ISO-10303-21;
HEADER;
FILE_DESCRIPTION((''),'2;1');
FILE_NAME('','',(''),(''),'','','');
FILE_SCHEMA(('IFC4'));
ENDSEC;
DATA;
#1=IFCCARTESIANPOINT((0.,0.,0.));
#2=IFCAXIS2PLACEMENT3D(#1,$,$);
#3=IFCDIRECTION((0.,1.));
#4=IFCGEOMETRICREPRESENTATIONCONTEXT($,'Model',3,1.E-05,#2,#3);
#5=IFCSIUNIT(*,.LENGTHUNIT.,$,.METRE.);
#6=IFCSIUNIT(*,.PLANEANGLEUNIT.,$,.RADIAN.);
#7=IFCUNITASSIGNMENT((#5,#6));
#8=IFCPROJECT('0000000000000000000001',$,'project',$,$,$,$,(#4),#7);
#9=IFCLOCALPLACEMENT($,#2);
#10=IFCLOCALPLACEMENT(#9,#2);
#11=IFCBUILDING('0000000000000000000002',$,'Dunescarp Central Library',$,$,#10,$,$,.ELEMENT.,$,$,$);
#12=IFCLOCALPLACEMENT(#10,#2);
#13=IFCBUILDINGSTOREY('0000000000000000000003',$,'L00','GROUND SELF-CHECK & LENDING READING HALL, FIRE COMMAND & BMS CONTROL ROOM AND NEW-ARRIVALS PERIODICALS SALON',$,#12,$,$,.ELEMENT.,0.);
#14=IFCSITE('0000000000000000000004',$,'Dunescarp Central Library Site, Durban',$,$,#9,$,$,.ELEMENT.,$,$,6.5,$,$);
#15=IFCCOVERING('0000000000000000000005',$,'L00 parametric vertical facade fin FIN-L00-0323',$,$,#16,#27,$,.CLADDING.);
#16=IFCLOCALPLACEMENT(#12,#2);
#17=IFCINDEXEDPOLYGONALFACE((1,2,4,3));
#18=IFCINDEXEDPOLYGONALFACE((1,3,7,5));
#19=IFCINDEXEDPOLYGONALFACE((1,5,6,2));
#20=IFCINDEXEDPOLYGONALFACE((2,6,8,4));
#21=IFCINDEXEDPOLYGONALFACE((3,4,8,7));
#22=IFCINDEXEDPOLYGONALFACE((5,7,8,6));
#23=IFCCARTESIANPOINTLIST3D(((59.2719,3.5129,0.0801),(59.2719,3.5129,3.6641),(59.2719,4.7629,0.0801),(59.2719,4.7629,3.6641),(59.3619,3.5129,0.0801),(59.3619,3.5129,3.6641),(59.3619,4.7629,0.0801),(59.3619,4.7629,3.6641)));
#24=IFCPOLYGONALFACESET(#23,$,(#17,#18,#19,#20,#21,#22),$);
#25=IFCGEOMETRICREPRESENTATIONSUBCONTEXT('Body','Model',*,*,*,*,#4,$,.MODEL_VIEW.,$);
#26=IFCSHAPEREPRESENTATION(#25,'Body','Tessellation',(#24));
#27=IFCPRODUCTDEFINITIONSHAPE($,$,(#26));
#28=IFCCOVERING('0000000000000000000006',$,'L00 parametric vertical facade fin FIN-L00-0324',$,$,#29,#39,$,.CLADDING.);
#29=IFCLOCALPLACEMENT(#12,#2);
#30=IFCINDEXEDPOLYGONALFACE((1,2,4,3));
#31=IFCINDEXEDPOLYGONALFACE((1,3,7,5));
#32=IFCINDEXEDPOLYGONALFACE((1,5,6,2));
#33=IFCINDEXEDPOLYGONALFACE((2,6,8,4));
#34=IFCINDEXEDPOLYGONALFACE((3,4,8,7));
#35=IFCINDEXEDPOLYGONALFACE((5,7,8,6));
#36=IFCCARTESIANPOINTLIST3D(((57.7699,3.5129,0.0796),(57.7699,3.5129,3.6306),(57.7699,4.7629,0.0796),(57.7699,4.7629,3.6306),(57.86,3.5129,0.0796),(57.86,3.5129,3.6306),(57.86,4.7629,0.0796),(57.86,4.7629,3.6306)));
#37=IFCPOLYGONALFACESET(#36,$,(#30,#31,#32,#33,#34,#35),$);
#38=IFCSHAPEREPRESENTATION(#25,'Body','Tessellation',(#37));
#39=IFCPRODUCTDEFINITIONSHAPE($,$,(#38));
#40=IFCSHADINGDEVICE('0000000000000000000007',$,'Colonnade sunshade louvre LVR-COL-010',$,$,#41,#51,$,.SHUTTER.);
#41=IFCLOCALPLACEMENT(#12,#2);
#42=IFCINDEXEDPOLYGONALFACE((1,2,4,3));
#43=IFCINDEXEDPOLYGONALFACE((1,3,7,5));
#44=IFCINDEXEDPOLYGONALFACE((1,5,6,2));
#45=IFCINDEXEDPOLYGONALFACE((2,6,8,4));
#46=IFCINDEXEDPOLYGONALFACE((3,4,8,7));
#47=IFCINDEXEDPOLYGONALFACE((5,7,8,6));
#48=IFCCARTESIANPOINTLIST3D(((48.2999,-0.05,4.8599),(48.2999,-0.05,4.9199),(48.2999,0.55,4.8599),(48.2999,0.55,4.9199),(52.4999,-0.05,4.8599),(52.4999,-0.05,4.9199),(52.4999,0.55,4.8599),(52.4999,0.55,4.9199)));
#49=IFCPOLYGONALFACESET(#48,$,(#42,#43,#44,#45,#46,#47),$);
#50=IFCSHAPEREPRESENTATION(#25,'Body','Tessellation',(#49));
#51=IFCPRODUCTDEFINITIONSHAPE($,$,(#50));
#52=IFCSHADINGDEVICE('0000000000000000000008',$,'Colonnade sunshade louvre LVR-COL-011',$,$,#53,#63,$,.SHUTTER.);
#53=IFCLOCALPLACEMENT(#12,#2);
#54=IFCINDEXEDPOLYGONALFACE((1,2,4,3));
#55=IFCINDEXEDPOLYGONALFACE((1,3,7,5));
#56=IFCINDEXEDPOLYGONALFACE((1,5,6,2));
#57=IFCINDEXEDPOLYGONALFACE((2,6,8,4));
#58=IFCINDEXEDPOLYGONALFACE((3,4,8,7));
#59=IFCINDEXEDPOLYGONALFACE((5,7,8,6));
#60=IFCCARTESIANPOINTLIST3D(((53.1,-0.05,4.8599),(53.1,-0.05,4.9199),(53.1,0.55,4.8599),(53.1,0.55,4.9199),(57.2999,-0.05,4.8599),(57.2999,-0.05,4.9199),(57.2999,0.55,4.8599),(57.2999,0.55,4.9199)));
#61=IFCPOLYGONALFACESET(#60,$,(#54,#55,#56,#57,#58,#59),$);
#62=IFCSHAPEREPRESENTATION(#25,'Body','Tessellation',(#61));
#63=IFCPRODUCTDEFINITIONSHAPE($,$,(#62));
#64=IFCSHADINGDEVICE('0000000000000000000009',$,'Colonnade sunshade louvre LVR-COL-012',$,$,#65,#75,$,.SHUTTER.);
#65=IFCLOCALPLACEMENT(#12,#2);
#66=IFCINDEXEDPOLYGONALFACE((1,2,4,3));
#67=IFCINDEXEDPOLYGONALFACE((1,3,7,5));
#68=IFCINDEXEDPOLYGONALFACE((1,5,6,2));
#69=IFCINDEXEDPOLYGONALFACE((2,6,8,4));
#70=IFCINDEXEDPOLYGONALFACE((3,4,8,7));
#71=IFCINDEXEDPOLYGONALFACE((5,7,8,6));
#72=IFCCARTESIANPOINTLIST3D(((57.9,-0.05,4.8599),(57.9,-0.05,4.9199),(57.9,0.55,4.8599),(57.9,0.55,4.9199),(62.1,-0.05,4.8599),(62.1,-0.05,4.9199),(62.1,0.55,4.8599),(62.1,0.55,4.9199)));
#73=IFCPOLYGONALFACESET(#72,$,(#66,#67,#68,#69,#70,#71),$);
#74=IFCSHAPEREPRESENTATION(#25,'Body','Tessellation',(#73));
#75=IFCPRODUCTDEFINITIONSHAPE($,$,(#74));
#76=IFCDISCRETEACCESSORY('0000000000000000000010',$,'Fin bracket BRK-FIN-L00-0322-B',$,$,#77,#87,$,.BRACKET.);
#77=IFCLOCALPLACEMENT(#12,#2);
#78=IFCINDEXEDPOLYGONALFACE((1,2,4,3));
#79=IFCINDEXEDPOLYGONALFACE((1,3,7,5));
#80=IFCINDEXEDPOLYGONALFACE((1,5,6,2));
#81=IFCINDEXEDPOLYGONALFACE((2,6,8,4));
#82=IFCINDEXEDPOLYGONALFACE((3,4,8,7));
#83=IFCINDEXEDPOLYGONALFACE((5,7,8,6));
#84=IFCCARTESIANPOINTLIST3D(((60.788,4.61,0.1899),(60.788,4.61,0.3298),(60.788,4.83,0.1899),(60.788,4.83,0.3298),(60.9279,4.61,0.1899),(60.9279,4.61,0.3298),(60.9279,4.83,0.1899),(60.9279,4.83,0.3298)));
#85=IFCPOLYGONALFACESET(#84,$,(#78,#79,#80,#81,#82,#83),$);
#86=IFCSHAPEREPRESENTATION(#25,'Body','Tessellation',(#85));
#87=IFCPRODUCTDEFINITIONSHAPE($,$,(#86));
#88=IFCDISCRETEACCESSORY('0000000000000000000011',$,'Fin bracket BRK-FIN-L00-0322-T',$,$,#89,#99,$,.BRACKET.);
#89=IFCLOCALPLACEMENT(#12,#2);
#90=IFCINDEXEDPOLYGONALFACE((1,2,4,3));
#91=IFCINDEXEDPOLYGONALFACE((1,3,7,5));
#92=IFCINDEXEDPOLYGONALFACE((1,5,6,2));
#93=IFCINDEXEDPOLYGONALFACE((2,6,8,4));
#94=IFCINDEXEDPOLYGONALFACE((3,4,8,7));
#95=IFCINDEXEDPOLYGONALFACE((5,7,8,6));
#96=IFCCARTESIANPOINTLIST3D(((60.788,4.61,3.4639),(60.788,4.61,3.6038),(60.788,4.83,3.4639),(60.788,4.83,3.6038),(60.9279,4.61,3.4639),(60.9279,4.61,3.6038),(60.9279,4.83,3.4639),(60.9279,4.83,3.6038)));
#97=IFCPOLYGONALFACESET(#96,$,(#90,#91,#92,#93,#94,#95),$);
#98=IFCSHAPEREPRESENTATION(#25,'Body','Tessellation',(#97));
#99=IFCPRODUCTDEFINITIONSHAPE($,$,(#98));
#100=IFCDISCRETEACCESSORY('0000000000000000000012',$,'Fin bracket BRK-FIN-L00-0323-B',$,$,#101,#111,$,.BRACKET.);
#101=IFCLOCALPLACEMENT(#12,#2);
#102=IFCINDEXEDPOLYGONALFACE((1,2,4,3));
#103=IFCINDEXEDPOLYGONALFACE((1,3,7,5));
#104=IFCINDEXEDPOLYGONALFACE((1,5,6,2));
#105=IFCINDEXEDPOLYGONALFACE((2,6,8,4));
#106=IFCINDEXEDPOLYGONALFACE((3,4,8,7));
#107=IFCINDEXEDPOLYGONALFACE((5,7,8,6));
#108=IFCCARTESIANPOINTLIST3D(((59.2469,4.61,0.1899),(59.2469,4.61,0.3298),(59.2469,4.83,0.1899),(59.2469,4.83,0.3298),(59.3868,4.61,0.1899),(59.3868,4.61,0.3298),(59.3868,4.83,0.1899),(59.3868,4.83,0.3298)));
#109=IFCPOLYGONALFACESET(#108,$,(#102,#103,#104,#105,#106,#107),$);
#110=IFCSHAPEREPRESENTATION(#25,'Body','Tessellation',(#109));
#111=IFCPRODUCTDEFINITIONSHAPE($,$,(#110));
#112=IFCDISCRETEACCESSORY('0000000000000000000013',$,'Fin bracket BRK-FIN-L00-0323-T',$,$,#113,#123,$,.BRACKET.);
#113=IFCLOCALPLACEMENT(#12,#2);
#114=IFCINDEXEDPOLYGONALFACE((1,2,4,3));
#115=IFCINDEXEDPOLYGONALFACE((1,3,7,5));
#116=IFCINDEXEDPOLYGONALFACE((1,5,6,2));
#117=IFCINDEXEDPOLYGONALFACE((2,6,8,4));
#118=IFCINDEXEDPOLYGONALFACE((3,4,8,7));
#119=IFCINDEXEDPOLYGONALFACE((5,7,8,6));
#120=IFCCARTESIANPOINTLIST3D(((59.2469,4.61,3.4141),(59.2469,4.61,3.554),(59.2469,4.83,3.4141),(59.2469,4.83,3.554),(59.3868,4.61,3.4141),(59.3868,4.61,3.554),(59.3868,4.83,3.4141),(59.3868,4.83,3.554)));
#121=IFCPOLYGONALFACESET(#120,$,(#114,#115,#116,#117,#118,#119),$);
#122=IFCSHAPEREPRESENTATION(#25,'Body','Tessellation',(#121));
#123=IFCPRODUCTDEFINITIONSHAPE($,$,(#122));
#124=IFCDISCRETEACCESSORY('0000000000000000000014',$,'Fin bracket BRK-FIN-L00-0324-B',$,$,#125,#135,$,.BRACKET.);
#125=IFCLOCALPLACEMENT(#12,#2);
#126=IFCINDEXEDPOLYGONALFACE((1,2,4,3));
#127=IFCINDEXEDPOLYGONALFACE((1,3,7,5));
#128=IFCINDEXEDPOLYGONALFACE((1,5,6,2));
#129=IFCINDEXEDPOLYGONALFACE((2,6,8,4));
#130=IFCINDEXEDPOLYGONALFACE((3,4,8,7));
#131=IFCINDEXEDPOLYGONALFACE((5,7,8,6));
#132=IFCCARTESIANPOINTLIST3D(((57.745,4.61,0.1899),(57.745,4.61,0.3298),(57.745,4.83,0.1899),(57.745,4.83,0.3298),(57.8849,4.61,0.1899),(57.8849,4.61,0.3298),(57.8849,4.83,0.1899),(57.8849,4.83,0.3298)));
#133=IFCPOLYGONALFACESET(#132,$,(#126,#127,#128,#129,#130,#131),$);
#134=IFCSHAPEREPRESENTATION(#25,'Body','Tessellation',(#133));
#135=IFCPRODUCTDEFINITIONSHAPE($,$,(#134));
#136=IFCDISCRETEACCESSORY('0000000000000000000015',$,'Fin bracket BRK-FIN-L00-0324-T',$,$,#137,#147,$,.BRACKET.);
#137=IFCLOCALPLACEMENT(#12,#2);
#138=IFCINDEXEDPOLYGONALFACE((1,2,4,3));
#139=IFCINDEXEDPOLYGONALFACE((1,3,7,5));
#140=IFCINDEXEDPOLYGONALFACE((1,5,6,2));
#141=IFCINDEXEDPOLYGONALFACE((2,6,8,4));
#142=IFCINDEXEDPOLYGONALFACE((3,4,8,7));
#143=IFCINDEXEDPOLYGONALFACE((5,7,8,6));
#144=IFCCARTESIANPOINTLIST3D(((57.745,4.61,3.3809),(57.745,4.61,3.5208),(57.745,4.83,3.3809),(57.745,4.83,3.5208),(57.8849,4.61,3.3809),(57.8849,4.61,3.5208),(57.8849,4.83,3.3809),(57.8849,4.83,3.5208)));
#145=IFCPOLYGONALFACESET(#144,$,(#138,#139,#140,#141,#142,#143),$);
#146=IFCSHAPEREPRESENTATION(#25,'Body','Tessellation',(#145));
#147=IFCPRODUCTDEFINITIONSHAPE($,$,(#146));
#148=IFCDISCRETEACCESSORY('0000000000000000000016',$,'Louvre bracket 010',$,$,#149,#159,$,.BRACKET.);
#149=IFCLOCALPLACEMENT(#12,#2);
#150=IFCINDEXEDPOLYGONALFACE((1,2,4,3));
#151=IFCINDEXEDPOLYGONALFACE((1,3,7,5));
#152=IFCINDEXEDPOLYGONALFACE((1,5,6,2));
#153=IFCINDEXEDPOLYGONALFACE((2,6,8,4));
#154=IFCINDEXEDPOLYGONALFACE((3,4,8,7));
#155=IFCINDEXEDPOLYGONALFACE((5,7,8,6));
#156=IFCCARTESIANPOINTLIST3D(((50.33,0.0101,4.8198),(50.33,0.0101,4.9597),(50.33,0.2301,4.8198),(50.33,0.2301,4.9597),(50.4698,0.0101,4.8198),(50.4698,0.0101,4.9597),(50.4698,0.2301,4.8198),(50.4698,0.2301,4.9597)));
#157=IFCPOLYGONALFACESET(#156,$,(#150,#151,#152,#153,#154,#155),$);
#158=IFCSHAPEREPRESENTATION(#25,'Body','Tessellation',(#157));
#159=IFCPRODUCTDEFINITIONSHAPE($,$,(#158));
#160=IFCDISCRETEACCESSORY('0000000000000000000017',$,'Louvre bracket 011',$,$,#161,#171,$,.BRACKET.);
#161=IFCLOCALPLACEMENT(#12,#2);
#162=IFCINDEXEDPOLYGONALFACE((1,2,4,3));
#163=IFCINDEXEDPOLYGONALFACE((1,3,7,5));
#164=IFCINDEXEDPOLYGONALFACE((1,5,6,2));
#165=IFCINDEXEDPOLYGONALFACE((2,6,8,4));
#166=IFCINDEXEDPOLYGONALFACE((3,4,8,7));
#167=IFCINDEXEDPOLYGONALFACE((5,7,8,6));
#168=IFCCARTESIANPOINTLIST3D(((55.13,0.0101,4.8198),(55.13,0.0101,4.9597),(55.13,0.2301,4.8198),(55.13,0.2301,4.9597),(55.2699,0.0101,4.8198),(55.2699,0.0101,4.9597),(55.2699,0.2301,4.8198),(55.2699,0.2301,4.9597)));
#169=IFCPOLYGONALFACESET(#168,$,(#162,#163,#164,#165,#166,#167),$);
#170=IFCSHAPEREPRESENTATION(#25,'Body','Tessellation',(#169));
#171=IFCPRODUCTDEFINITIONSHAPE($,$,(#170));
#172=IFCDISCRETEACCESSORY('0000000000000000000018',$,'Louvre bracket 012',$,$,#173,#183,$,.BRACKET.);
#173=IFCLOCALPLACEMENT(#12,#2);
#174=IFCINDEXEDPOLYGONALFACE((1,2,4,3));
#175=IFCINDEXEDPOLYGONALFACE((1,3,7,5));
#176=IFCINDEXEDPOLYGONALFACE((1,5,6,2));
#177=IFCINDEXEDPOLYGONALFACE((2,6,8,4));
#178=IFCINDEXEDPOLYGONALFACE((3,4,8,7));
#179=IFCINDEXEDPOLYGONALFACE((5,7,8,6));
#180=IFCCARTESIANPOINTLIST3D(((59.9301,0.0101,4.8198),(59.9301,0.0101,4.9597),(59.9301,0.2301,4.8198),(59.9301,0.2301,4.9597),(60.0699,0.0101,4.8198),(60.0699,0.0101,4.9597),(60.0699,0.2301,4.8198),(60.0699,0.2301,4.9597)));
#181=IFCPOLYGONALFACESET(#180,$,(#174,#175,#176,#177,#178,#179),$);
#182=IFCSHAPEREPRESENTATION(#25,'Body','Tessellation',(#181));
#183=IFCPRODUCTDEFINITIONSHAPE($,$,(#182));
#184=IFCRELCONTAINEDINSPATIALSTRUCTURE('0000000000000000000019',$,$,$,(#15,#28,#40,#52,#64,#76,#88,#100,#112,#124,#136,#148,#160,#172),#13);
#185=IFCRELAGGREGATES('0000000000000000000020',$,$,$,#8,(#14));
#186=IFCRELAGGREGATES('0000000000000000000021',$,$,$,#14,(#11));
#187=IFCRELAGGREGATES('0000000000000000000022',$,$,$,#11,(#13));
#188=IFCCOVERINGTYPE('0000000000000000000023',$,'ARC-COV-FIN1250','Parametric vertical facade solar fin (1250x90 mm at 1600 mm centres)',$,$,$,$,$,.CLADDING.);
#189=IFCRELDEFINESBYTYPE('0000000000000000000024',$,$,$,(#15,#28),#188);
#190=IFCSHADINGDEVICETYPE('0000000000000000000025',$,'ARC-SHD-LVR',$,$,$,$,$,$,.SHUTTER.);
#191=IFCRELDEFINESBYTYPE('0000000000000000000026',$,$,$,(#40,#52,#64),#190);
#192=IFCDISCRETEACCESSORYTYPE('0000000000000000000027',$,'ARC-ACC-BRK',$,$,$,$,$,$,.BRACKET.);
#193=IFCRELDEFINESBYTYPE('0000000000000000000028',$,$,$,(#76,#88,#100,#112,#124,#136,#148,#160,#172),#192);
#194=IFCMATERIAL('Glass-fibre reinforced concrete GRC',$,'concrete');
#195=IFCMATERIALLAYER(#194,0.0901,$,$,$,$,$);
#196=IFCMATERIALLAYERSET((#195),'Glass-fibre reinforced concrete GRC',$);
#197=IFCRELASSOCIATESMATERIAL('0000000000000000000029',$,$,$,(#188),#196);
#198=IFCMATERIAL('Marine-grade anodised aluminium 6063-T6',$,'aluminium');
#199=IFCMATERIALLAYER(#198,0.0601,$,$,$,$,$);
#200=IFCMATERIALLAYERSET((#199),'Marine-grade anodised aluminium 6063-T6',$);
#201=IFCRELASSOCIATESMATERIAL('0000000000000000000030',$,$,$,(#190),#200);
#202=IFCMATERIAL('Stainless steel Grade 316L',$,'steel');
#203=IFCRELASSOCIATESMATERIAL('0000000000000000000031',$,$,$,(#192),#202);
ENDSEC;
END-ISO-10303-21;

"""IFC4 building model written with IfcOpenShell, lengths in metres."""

from ifc_helpers import new_model, si_unit, direction, frame, origin, origin_2d, place, context, subcontext, project, spatial, rectangle, extrude, material, layer, layer_set, type_object, element, save


model = new_model("IFC4")

# Units and contexts
model_context = context("Model", 3, precision=1e-05, world=origin(), true_north=direction((0.0, 1.0)))
body_context = subcontext(model_context, "Body", "Model", "MODEL_VIEW")
ifc_project = project(units=[si_unit("LENGTHUNIT", "METRE"), si_unit("PLANEANGLEUNIT", "RADIAN")], contexts=[model_context])

# Site, building, storey
site_placement = place(None, origin())
site = spatial("IfcSite", under=ifc_project, at=site_placement, Name="Dunescarp Central Library Site, Durban", CompositionType="ELEMENT", RefElevation=6.5)
building_placement = place(site_placement, origin())
building = spatial("IfcBuilding", under=site, at=building_placement, Name="Dunescarp Central Library", CompositionType="ELEMENT")
storey_placement = place(building_placement, origin())
storey = spatial("IfcBuildingStorey", under=building, at=storey_placement, Name="L00", Description="GROUND SELF-CHECK & LENDING READING HALL, FIRE COMMAND & BMS CONTROL ROOM AND NEW-ARRIVALS PERIODICALS SALON", CompositionType="ELEMENT", Elevation=0.0)

# Coverings
ifc_material_1 = material(Name="Glass-fibre reinforced concrete GRC", Category="concrete")
ifc_layer_1 = layer(ifc_material_1, 0.0901)
ifc_layer_set_1 = layer_set([ifc_layer_1], Name="Glass-fibre reinforced concrete GRC")
covering_type = type_object("IfcCoveringType", Name="ARC-COV-FIN1250", Description="Parametric vertical facade solar fin (1250x90 mm at 1600 mm centres)", PredefinedType="CLADDING", material=ifc_layer_set_1)
covering_1_placement = place(storey_placement, frame((59.3169, 4.1379, 0.0801), z_axis=(0.0, 0.0, 1.0), x_axis=(0.0, -1.0, 0.0)))
element("IfcCovering", 1, at=covering_1_placement, inside=storey, type_object=covering_type, Name="L00 parametric vertical facade fin FIN-L00-0323", PredefinedType="CLADDING", context=body_context, shape_type="SweptSolid", body=[
    extrude(rectangle(XDim=1.25, YDim=0.0901, at=origin_2d()), origin(), (0.0, 0.0, 1.0), 3.584),
])
covering_2_placement = place(storey_placement, frame((57.8149, 4.1379, 0.0796), z_axis=(0.0, 0.0, 1.0), x_axis=(0.0, -1.0, 0.0)))
element("IfcCovering", 2, at=covering_2_placement, inside=storey, type_object=covering_type, Name="L00 parametric vertical facade fin FIN-L00-0324", PredefinedType="CLADDING", context=body_context, shape_type="SweptSolid", body=[
    extrude(rectangle(XDim=1.25, YDim=0.0901, at=origin_2d()), origin(), (0.0, 0.0, 1.0), 3.551),
])

# Shading devices
ifc_material_2 = material(Name="Marine-grade anodised aluminium 6063-T6", Category="aluminium")
ifc_layer_2 = layer(ifc_material_2, 0.0601)
ifc_layer_set_2 = layer_set([ifc_layer_2], Name="Marine-grade anodised aluminium 6063-T6")
shading_device_type = type_object("IfcShadingDeviceType", Name="ARC-SHD-LVR", PredefinedType="SHUTTER", material=ifc_layer_set_2)
for number, where, z_axis, x_axis, name in (
    (3, (50.3999, 0.25, 4.8599), (0.0, 0.0, 1.0), (1.0, 0.0, 0.0), "Colonnade sunshade louvre LVR-COL-010"),
    (4, (55.2, 0.25, 4.8599), (0.0, 0.0, 1.0), (1.0, 0.0, 0.0), "Colonnade sunshade louvre LVR-COL-011"),
    (5, (60.0, 0.25, 4.8599), (0.0, 0.0, 1.0), (1.0, 0.0, 0.0), "Colonnade sunshade louvre LVR-COL-012"),
):
    element("IfcShadingDevice", number, at=place(storey_placement, frame(where, z_axis=z_axis, x_axis=x_axis)), inside=storey, type_object=shading_device_type, Name=name, PredefinedType="SHUTTER", context=body_context, shape_type="SweptSolid", body=[
        extrude(rectangle(XDim=4.2, YDim=0.6001, at=origin_2d()), origin(), (0.0, 0.0, 1.0), 0.0601),
    ])

# Discrete accessories
ifc_material_3 = material(Name="Stainless steel Grade 316L", Category="steel")
discrete_accessory_type = type_object("IfcDiscreteAccessoryType", Name="ARC-ACC-BRK", PredefinedType="BRACKET", material=ifc_material_3)
for number, where, z_axis, x_axis, name in (
    (6, (60.8579, 4.72, 0.1899), (0.0, 0.0, 1.0), (0.0, -1.0, 0.0), "Fin bracket BRK-FIN-L00-0322-B"),
    (7, (60.8579, 4.72, 3.4639), (0.0, 0.0, 1.0), (0.0, -1.0, 0.0), "Fin bracket BRK-FIN-L00-0322-T"),
    (8, (59.3169, 4.72, 0.1899), (0.0, 0.0, 1.0), (0.0, -1.0, 0.0), "Fin bracket BRK-FIN-L00-0323-B"),
    (9, (59.3169, 4.72, 3.4141), (0.0, 0.0, 1.0), (0.0, -1.0, 0.0), "Fin bracket BRK-FIN-L00-0323-T"),
    (10, (57.8149, 4.72, 0.1899), (0.0, 0.0, 1.0), (0.0, -1.0, 0.0), "Fin bracket BRK-FIN-L00-0324-B"),
    (11, (57.8149, 4.72, 3.3809), (0.0, 0.0, 1.0), (0.0, -1.0, 0.0), "Fin bracket BRK-FIN-L00-0324-T"),
):
    element("IfcDiscreteAccessory", number, at=place(storey_placement, frame(where, z_axis=z_axis, x_axis=x_axis)), inside=storey, type_object=discrete_accessory_type, Name=name, PredefinedType="BRACKET", context=body_context, shape_type="SweptSolid", body=[
        extrude(rectangle(XDim=0.22, YDim=0.1399, at=origin_2d()), origin(), (0.0, 0.0, 1.0), 0.1399),
    ])
for number, where, z_axis, x_axis, name in (
    (12, (50.3999, 0.1201, 4.8198), (0.0, 0.0, 1.0), (1.0, 0.0, 0.0), "Louvre bracket 010"),
    (13, (55.2, 0.1201, 4.8198), (0.0, 0.0, 1.0), (1.0, 0.0, 0.0), "Louvre bracket 011"),
    (14, (60.0, 0.1201, 4.8198), (0.0, 0.0, 1.0), (1.0, 0.0, 0.0), "Louvre bracket 012"),
):
    element("IfcDiscreteAccessory", number, at=place(storey_placement, frame(where, z_axis=z_axis, x_axis=x_axis)), inside=storey, type_object=discrete_accessory_type, Name=name, PredefinedType="BRACKET", context=body_context, shape_type="SweptSolid", body=[
        extrude(rectangle(XDim=0.1399, YDim=0.22, at=origin_2d()), origin(), (0.0, 0.0, 1.0), 0.1399),
    ])

save(model, "model.ifc")
